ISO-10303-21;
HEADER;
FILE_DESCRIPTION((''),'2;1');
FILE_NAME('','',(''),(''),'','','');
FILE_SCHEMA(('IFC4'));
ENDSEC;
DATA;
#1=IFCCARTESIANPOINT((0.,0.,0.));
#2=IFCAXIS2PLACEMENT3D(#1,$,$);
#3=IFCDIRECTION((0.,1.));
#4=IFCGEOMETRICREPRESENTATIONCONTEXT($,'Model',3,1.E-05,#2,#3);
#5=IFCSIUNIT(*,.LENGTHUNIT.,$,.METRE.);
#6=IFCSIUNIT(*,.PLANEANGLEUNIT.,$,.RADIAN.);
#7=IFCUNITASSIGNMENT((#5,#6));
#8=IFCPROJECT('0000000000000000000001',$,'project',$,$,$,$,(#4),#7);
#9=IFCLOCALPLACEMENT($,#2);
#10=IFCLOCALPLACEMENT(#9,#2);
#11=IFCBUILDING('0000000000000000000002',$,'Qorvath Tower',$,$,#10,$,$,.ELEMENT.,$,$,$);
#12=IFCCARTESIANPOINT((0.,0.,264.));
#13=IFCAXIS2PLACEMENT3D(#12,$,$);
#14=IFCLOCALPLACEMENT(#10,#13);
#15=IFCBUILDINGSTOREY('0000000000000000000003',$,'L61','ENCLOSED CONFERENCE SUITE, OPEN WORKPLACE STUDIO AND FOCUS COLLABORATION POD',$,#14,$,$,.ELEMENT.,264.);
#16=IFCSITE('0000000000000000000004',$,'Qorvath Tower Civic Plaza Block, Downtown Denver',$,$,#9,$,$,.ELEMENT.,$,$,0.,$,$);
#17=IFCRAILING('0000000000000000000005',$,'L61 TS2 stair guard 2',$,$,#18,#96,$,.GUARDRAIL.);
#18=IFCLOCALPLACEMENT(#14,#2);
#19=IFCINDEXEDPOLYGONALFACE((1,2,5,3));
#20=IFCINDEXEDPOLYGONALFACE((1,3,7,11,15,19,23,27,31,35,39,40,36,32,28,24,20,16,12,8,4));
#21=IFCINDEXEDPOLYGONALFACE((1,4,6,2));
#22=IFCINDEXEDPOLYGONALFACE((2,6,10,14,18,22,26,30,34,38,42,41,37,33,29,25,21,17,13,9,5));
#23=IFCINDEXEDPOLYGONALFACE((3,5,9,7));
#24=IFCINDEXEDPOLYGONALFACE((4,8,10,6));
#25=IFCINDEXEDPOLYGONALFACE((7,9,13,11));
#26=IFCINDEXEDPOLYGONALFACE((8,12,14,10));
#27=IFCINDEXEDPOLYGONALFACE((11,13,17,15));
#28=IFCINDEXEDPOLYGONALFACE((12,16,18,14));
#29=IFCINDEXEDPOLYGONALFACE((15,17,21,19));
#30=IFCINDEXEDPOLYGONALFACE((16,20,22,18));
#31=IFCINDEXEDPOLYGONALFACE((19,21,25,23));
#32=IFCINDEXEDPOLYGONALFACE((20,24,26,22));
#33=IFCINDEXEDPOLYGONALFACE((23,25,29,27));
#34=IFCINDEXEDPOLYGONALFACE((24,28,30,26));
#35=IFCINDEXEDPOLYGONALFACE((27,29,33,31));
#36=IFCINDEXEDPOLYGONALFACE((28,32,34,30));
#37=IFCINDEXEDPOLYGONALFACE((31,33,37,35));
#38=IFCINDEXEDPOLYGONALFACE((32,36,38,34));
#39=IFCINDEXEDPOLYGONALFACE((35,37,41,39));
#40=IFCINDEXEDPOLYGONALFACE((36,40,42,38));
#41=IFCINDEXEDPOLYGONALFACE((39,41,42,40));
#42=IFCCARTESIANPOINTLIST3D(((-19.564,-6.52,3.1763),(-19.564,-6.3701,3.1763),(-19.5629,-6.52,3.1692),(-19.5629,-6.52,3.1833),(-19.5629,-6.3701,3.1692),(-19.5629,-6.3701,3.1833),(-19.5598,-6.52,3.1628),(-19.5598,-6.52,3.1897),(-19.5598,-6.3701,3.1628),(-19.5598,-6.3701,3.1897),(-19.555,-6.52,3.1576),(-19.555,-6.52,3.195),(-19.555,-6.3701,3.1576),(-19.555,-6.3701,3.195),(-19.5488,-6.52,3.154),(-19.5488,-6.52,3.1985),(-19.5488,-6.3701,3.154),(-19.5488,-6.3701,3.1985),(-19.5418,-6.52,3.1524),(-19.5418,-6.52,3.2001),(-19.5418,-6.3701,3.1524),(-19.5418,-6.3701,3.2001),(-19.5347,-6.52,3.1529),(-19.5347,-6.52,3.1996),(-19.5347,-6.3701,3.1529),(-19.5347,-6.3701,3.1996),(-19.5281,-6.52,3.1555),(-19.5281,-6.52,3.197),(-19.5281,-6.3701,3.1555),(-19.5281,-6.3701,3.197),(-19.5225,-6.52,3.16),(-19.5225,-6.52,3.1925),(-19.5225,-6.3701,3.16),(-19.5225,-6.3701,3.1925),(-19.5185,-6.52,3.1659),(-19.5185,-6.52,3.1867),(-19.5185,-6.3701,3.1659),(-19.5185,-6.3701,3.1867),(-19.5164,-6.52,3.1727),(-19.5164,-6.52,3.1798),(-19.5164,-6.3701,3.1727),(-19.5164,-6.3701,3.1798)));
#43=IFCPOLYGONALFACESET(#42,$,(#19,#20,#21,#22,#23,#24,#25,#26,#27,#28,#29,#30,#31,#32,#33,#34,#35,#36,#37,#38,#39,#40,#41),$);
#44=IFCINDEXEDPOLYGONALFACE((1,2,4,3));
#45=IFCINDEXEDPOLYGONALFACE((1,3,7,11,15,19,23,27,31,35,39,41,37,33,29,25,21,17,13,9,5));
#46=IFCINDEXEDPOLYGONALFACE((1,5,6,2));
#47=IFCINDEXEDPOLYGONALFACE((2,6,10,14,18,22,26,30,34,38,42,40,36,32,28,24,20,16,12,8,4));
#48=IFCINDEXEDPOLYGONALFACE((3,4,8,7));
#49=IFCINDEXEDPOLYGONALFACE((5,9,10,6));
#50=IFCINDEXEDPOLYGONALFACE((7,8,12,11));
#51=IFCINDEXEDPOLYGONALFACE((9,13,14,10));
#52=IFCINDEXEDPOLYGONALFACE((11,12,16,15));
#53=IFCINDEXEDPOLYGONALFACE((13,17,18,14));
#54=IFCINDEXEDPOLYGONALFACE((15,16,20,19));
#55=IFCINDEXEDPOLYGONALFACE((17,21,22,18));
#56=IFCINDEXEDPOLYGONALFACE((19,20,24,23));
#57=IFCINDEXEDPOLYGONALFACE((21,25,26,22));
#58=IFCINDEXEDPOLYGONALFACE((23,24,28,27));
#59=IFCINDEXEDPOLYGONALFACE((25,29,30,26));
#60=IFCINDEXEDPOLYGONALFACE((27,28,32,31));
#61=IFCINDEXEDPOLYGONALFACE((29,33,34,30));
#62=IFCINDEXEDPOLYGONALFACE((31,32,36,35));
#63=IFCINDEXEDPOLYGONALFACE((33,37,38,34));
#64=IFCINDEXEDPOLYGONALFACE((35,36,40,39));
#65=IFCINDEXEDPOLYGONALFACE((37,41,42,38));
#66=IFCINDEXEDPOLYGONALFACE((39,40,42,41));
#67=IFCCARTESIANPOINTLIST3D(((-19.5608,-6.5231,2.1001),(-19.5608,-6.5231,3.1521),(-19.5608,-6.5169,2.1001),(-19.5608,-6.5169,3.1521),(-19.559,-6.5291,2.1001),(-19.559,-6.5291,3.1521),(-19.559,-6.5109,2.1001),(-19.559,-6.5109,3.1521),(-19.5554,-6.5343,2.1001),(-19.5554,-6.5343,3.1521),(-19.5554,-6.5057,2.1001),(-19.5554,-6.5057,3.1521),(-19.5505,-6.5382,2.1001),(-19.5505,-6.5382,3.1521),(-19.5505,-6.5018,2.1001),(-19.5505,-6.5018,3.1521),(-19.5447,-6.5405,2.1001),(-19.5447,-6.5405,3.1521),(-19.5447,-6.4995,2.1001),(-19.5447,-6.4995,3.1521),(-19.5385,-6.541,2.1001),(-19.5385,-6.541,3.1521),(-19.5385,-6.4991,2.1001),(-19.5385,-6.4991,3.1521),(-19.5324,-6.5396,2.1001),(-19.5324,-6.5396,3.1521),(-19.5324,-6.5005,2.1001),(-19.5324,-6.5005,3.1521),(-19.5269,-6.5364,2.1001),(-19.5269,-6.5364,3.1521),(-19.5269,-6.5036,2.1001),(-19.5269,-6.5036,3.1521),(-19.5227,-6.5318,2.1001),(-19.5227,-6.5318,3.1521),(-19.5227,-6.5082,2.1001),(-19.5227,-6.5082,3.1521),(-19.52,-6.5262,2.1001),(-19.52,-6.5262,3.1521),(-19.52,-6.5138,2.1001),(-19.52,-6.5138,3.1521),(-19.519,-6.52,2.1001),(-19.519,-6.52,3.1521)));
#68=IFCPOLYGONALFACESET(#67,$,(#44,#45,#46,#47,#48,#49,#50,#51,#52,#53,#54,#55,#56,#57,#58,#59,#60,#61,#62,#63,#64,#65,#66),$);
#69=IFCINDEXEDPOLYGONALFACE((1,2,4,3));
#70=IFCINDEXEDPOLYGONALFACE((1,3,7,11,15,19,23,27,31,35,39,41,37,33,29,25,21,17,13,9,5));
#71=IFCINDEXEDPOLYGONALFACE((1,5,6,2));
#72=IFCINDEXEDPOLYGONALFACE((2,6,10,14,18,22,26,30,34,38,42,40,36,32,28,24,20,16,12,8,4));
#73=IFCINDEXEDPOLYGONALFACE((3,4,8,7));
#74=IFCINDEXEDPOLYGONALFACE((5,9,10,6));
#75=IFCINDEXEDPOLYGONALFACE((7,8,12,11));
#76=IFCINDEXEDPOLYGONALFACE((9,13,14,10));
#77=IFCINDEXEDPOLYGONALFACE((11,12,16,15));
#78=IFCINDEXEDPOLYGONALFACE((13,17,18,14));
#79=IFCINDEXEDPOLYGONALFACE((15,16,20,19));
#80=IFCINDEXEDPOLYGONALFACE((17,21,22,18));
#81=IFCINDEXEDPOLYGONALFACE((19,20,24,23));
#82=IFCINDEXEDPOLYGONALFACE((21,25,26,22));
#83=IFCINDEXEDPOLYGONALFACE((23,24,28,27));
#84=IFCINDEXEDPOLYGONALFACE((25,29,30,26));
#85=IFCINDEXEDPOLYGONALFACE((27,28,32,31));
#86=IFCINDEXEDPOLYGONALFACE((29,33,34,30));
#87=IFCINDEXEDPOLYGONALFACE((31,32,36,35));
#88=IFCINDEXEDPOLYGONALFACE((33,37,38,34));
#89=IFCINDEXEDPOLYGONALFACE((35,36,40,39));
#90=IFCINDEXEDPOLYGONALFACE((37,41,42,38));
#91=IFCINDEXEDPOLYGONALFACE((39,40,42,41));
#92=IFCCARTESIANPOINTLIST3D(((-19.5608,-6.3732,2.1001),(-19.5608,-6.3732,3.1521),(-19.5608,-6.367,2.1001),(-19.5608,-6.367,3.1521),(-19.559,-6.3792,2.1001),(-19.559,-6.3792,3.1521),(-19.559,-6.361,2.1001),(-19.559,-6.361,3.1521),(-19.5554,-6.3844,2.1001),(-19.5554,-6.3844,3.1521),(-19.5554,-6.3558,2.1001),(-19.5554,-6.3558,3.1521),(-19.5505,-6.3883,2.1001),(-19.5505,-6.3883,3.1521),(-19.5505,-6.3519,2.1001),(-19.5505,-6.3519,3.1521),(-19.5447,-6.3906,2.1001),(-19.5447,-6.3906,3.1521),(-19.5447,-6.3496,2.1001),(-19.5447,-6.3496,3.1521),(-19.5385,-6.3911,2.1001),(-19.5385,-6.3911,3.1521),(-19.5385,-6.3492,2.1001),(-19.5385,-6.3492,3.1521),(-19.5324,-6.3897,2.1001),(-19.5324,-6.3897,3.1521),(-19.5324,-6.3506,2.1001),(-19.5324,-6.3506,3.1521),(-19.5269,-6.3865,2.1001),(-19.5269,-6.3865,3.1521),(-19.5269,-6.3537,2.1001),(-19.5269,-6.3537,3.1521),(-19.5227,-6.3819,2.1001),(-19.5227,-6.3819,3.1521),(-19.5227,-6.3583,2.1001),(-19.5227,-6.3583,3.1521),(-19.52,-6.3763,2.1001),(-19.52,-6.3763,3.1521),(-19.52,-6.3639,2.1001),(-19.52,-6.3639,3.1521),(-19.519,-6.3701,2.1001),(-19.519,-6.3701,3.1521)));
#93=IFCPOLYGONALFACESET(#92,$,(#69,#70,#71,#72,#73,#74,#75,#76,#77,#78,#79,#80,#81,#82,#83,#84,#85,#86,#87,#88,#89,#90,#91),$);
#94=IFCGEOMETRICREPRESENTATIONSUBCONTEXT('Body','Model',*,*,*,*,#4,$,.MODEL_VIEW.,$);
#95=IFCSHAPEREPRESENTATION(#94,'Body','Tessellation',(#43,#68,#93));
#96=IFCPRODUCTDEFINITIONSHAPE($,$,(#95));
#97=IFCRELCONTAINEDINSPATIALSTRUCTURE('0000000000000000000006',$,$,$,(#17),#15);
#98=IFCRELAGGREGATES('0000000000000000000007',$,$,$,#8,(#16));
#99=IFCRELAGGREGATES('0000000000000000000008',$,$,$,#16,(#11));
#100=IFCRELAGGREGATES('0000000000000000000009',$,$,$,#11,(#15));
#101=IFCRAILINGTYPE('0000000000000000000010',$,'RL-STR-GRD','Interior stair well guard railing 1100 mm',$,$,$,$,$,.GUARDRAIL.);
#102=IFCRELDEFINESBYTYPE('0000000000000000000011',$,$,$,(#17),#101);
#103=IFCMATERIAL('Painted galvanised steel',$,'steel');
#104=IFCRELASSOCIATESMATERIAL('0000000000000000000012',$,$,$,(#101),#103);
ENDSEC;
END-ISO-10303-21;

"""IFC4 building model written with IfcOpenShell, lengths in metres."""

from ifc_helpers import new_model, si_unit, direction, frame, origin, origin_2d, place, context, subcontext, project, spatial, circle, extrude, material, type_object, element, save


model = new_model("IFC4")

# Units and contexts
model_context = context("Model", 3, precision=1e-05, world=origin(), true_north=direction((0.0, 1.0)))
body_context = subcontext(model_context, "Body", "Model", "MODEL_VIEW")
ifc_project = project(units=[si_unit("LENGTHUNIT", "METRE"), si_unit("PLANEANGLEUNIT", "RADIAN")], contexts=[model_context])

# Site, building, storey
site_placement = place(None, origin())
site = spatial("IfcSite", under=ifc_project, at=site_placement, Name="Qorvath Tower Civic Plaza Block, Downtown Denver", CompositionType="ELEMENT", RefElevation=0.0)
building_placement = place(site_placement, origin())
building = spatial("IfcBuilding", under=site, at=building_placement, Name="Qorvath Tower", CompositionType="ELEMENT")
storey_placement = place(building_placement, frame((0.0, 0.0, 264.0)))
storey = spatial("IfcBuildingStorey", under=building, at=storey_placement, Name="L61", Description="ENCLOSED CONFERENCE SUITE, OPEN WORKPLACE STUDIO AND FOCUS COLLABORATION POD", CompositionType="ELEMENT", Elevation=264.0)

# Railing
ifc_material_1 = material(Name="Painted galvanised steel", Category="steel")
railing_type_1 = type_object("IfcRailingType", Name="RL-STR-GRD", Description="Interior stair well guard railing 1100 mm", PredefinedType="GUARDRAIL", material=ifc_material_1)
railing_1_placement = place(storey_placement, frame((-19.54, -6.52, 2.1001)))
element("IfcRailing", 1, at=railing_1_placement, inside=storey, type_object=railing_type_1, Name="L61 TS2 stair guard 2", PredefinedType="GUARDRAIL", context=body_context, shape_type="SweptSolid", body=[
    extrude(circle(Radius=0.0239, at=origin_2d()), frame((0.0, 0.0, 1.0762), z_axis=(0.0, 1.0, 0.0), x_axis=(-1.0, 0.0, 0.0)), (0.0, 0.0, 1.0), 0.1499),
    extrude(circle(Radius=0.021, at=origin_2d()), origin(), (0.0, 0.0, 1.0), 1.052),
    extrude(circle(Radius=0.021, at=origin_2d()), frame((0.0, 0.1499, 0.0)), (0.0, 0.0, 1.0), 1.052),
])

save(model, "model.ifc")
